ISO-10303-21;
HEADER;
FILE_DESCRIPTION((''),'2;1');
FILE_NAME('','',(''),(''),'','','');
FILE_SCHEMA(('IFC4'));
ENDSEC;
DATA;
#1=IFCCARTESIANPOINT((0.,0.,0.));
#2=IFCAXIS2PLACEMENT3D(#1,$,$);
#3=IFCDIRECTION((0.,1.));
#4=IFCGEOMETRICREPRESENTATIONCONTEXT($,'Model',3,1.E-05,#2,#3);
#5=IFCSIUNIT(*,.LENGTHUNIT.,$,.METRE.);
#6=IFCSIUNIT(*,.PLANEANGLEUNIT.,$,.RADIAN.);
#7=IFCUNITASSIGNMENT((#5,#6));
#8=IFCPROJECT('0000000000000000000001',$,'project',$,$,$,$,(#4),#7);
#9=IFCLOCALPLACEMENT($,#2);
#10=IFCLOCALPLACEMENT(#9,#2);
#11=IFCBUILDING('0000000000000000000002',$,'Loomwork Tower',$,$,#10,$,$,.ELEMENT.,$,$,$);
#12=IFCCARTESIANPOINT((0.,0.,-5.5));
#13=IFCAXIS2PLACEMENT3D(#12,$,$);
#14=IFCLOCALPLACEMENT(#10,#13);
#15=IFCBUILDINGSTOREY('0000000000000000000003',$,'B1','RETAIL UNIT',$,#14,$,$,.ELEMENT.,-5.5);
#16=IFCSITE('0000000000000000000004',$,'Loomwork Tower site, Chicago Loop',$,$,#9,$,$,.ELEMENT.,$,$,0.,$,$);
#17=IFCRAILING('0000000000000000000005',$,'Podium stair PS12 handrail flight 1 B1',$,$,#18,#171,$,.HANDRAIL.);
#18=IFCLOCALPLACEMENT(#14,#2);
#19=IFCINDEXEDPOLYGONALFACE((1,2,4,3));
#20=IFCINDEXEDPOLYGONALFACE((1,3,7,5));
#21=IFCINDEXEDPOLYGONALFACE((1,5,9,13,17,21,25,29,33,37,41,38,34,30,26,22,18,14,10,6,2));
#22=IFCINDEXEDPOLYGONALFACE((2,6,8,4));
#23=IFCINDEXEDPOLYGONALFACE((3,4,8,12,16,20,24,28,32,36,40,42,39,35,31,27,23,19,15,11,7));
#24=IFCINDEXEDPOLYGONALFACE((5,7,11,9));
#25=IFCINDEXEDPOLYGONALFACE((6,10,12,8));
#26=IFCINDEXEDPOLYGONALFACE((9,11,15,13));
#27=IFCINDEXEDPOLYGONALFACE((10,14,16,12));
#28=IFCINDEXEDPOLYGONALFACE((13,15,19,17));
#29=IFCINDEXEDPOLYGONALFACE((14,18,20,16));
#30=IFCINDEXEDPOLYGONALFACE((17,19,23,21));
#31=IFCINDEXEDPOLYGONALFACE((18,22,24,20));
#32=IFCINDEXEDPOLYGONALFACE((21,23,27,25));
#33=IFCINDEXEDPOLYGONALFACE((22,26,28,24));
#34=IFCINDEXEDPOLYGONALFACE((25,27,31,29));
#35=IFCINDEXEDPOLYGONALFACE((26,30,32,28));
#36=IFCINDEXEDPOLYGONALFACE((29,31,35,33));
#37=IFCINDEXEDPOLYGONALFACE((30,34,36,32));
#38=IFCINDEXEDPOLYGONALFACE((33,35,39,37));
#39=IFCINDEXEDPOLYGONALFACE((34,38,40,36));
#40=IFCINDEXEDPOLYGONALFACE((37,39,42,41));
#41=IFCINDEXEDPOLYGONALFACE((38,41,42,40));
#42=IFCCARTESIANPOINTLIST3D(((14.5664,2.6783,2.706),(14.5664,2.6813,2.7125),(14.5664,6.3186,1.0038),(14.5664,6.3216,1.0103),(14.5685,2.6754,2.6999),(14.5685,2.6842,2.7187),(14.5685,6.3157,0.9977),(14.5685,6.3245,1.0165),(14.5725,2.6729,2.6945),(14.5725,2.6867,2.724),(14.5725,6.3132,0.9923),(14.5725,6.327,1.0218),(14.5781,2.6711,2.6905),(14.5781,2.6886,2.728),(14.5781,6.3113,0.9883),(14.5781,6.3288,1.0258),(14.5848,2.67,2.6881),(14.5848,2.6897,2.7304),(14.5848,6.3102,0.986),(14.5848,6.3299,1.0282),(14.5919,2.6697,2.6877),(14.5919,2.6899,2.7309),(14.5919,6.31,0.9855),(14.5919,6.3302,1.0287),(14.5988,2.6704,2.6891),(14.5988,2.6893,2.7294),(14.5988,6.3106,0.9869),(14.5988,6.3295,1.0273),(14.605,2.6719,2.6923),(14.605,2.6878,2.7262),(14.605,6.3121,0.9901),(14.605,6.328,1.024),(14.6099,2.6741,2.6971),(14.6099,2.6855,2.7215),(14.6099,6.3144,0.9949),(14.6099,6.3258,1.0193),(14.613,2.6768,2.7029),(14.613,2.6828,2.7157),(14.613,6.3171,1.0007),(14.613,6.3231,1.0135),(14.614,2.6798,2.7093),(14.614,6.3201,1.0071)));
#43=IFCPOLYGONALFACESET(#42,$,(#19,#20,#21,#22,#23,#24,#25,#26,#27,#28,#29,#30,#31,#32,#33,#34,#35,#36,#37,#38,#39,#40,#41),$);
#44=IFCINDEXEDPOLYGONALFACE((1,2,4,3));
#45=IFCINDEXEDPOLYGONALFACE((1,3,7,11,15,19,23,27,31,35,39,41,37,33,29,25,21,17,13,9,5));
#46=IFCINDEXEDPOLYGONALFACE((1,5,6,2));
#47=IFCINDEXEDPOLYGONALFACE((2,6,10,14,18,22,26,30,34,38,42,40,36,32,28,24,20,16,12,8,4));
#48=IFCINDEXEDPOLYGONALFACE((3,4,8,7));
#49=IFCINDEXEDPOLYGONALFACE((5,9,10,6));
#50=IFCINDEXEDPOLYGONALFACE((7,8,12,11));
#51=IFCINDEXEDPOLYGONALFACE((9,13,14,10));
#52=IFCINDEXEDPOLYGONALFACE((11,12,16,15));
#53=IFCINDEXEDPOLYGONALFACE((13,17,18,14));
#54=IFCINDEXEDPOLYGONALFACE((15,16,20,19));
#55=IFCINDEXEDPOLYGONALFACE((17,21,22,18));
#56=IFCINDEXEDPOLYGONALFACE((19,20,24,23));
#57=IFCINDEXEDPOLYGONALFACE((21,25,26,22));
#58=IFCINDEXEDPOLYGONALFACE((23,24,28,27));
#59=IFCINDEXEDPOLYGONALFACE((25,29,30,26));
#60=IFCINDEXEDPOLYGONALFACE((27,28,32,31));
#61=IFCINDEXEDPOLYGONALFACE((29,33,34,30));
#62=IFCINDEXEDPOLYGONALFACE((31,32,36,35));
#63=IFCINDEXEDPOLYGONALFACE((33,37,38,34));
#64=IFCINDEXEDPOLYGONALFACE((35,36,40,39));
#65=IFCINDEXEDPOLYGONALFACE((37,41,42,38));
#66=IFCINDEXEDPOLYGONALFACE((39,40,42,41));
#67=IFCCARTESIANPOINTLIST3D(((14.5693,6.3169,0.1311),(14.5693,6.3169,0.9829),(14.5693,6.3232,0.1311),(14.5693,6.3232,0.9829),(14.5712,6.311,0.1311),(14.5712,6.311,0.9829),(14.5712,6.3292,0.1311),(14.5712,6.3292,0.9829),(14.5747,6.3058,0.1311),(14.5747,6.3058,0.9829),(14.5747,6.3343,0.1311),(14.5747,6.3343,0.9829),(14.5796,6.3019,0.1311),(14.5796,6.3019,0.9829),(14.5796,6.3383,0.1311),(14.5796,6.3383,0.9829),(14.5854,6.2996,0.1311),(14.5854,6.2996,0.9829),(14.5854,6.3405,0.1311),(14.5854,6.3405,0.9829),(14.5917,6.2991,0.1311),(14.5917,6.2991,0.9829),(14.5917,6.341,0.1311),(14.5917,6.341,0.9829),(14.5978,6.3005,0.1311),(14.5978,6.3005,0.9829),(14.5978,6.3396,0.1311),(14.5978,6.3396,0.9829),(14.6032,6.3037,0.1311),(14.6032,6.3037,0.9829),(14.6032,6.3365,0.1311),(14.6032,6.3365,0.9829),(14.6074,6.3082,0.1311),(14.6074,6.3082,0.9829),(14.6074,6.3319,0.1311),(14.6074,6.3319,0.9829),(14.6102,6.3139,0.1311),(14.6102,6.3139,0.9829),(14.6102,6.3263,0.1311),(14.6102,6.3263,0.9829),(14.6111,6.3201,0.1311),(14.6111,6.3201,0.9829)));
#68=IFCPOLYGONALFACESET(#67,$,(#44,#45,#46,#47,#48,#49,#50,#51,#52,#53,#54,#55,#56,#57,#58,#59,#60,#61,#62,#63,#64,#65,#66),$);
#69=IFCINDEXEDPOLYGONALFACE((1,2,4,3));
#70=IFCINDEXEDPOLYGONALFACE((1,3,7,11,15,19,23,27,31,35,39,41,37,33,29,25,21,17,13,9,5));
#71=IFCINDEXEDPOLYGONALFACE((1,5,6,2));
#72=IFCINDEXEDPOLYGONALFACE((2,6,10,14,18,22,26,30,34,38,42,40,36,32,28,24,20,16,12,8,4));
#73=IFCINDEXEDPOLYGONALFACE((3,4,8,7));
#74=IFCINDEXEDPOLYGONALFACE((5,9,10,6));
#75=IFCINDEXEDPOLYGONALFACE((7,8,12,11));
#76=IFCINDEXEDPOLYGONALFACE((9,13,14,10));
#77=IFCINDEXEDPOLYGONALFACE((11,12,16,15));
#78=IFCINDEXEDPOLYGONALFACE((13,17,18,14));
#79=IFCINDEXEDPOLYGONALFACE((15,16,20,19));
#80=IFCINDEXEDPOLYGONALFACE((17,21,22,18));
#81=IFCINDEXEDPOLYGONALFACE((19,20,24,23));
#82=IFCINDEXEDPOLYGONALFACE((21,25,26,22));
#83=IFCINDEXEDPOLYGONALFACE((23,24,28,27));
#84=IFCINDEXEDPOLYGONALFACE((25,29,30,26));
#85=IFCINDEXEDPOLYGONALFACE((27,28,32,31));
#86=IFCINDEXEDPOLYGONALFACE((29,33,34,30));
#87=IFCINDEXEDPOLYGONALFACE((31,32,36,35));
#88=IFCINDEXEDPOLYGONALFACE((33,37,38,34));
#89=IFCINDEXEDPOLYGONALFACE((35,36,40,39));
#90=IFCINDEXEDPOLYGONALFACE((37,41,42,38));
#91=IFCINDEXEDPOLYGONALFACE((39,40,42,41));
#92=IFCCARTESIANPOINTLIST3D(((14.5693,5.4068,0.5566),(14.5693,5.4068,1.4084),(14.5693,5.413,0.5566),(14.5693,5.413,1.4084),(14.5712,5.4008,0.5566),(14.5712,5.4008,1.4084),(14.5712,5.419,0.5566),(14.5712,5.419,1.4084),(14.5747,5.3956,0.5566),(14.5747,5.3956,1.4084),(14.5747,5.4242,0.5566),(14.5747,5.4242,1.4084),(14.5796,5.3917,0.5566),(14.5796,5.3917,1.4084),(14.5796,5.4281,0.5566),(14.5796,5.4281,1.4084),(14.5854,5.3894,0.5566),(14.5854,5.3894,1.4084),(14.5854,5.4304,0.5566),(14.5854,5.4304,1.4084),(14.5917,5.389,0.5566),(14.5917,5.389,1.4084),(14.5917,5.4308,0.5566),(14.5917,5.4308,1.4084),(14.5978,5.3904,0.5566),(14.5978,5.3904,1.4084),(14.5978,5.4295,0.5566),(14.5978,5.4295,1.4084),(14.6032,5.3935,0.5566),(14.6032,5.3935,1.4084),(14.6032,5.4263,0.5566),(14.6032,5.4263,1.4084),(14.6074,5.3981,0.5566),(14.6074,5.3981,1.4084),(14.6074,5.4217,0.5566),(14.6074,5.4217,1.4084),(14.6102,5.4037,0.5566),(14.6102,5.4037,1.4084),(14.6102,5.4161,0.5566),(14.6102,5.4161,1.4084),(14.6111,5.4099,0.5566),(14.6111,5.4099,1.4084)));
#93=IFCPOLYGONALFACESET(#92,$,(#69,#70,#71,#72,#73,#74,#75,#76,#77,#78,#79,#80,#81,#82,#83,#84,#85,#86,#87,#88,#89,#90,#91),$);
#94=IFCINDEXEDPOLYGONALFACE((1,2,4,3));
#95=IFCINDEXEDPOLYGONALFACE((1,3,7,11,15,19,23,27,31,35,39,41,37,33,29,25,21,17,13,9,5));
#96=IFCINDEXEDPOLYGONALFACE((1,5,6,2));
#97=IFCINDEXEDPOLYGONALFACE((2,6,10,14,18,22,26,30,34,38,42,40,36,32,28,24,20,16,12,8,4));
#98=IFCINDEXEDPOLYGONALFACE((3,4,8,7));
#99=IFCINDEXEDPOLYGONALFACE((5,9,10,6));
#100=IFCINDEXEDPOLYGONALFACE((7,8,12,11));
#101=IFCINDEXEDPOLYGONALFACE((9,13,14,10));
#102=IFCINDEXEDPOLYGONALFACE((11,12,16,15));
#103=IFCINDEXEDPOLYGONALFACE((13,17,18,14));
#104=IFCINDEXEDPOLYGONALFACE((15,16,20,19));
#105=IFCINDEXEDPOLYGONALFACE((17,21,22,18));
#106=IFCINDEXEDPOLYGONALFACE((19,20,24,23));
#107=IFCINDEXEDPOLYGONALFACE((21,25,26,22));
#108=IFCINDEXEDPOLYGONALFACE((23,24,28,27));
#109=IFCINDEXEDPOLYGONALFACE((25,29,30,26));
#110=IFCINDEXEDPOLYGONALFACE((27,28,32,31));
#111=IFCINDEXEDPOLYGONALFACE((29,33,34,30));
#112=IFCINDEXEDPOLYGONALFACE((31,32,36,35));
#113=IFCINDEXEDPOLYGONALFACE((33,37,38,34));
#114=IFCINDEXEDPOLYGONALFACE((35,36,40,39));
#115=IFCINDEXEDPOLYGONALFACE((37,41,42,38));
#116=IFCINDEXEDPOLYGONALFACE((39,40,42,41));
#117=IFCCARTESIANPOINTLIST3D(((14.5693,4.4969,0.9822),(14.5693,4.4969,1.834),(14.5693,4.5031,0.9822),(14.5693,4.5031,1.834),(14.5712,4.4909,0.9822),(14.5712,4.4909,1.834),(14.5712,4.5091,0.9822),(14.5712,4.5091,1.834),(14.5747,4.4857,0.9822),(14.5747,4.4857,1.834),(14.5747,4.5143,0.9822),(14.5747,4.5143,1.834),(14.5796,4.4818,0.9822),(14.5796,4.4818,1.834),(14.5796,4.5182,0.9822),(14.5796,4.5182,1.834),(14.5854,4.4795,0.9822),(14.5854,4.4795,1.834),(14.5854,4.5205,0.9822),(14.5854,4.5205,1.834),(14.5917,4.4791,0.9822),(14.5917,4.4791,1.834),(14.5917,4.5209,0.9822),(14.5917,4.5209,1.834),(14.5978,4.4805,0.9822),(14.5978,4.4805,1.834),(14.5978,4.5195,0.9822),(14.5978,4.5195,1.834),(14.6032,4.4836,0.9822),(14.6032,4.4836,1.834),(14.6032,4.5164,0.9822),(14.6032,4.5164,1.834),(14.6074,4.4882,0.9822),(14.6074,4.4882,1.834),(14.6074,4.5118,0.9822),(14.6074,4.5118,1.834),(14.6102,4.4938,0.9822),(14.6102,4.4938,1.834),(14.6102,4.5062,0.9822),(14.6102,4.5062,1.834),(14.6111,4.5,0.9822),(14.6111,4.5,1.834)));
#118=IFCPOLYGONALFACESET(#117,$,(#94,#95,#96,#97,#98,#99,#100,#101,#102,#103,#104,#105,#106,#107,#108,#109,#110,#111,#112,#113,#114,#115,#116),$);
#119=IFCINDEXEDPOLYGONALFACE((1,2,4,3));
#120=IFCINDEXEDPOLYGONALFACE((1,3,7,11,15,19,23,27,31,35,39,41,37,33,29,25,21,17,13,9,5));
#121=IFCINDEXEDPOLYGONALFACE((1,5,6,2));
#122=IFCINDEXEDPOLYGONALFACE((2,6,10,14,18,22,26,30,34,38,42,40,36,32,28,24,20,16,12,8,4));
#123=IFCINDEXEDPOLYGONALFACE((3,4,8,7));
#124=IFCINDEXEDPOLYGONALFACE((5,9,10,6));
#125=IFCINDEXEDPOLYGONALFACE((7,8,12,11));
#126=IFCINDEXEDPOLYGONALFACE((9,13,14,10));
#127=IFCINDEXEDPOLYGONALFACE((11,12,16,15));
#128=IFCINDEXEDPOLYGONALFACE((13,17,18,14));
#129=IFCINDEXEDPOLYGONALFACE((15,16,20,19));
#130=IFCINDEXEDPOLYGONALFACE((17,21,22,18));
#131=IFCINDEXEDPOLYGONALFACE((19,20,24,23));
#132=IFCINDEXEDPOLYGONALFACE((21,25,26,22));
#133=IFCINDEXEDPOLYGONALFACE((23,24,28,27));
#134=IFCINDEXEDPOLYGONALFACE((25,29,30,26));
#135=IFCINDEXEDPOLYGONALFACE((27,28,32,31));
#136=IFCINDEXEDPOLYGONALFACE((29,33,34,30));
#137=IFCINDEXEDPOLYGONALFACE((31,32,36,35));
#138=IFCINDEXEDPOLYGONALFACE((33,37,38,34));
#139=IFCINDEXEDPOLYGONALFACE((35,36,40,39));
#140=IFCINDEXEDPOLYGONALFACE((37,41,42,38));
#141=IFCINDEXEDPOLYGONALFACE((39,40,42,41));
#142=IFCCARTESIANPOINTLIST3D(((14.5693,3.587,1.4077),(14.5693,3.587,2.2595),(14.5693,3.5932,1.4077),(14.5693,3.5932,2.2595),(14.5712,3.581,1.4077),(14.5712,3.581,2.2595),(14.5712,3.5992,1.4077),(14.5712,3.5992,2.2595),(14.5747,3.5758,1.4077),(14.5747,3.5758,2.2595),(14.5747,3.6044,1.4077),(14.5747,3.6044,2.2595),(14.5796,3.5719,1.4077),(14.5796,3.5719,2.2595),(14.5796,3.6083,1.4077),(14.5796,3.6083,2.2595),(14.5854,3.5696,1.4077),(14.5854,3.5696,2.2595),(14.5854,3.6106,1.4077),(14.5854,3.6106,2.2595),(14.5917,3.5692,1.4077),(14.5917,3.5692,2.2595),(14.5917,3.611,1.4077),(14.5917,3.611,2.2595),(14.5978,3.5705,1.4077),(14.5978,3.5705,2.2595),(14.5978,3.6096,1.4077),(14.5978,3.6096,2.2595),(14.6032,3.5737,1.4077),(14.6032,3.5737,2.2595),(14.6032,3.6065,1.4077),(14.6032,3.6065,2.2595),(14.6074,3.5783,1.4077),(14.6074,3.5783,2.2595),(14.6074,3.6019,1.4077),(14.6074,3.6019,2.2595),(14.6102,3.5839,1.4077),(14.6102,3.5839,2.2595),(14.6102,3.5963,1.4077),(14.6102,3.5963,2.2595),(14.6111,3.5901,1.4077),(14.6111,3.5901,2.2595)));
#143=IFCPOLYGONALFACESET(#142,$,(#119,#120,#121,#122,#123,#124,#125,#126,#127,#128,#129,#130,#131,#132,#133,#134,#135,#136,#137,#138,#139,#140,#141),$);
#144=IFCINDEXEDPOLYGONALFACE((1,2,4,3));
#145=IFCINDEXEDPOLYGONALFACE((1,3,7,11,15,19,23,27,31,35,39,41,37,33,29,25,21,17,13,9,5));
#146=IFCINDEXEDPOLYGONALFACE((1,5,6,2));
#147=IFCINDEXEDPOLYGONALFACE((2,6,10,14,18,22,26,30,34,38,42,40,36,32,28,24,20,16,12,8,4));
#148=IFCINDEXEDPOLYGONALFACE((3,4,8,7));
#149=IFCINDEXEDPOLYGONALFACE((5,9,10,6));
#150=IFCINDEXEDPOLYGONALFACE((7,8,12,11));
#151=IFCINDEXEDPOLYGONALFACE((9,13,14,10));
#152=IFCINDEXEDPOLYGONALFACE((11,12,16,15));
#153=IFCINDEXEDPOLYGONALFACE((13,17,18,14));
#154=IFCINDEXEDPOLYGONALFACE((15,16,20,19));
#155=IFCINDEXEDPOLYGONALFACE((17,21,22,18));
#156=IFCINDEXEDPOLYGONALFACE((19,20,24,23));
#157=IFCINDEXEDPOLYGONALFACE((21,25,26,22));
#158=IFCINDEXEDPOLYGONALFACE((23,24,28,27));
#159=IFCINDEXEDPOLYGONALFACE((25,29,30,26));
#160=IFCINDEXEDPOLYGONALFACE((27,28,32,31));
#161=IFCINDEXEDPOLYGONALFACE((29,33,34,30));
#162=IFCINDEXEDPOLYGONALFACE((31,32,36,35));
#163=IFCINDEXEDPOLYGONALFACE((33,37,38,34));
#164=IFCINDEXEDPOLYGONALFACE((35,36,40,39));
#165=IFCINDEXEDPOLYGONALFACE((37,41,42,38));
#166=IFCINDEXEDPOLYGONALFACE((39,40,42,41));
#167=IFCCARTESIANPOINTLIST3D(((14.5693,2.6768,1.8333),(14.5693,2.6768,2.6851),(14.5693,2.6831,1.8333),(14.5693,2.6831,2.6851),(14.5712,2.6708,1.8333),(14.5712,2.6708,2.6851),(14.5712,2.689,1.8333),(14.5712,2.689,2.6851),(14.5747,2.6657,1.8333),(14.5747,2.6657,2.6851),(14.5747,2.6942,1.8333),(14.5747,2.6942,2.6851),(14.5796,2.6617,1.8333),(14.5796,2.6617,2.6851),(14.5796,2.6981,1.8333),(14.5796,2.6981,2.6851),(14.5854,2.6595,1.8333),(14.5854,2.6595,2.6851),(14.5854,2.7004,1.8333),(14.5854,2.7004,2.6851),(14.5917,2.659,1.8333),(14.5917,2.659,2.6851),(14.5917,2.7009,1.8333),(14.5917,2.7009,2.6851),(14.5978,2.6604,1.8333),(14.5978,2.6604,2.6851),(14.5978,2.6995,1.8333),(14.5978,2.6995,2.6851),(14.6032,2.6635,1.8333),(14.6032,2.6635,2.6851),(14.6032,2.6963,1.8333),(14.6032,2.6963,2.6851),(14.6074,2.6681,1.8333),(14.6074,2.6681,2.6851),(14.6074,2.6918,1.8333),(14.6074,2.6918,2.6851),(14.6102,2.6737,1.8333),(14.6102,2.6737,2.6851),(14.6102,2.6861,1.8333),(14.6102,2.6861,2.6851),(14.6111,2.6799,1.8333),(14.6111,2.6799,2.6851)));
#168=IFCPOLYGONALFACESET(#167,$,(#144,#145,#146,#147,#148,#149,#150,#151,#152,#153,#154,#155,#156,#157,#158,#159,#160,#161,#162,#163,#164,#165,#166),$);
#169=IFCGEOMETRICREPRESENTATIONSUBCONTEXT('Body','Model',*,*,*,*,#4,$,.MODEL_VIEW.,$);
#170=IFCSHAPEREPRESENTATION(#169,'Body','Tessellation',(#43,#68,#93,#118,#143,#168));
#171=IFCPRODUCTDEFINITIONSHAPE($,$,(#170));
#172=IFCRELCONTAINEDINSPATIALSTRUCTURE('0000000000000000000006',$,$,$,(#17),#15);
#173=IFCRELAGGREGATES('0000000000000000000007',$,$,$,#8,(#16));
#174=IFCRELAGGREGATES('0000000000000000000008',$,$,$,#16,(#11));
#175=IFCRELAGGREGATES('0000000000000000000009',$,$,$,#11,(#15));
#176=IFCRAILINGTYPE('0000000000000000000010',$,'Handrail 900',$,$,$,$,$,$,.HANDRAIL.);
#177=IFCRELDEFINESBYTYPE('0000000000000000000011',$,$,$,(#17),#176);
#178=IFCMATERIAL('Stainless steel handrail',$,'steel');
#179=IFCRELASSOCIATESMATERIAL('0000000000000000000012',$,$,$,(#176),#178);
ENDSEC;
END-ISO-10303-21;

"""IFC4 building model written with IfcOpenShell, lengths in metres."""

from ifc_helpers import new_model, si_unit, direction, frame, origin, origin_2d, place, context, subcontext, project, spatial, circle, extrude, material, type_object, element, save


model = new_model("IFC4")

# Units and contexts
model_context = context("Model", 3, precision=1e-05, world=origin(), true_north=direction((0.0, 1.0)))
body_context = subcontext(model_context, "Body", "Model", "MODEL_VIEW")
ifc_project = project(units=[si_unit("LENGTHUNIT", "METRE"), si_unit("PLANEANGLEUNIT", "RADIAN")], contexts=[model_context])

# Site, building, storey
site_placement = place(None, origin())
site = spatial("IfcSite", under=ifc_project, at=site_placement, Name="Loomwork Tower site, Chicago Loop", CompositionType="ELEMENT", RefElevation=0.0)
building_placement = place(site_placement, origin())
building = spatial("IfcBuilding", under=site, at=building_placement, Name="Loomwork Tower", CompositionType="ELEMENT")
storey_placement = place(building_placement, frame((0.0, 0.0, -5.5)))
storey = spatial("IfcBuildingStorey", under=building, at=storey_placement, Name="B1", Description="RETAIL UNIT", CompositionType="ELEMENT", Elevation=-5.5)

# Railing
ifc_material_1 = material(Name="Stainless steel handrail", Category="steel")
railing_type = type_object("IfcRailingType", Name="Handrail 900", PredefinedType="HANDRAIL", material=ifc_material_1)
railing_1_placement = place(storey_placement, frame((14.5901, 6.3201, 0.1311)))
element("IfcRailing", 1, at=railing_1_placement, inside=storey, type_object=railing_type, Name="Podium stair PS12 handrail flight 1 B1", PredefinedType="HANDRAIL", context=body_context, shape_type="SweptSolid", body=[
    extrude(circle(Radius=0.0239, at=origin_2d()), frame((0.0, 0.0, 0.876), z_axis=(0.0, -0.905857, 0.423584), x_axis=(1.0, 0.0, 0.0)), (0.0, 0.0, 1.0), 4.0186),
    extrude(circle(Radius=0.021, at=origin_2d()), origin(), (0.0, 0.0, 1.0), 0.8518),
    extrude(circle(Radius=0.021, at=origin_2d()), frame((0.0, -0.9102, 0.4255)), (0.0, 0.0, 1.0), 0.8518),
    extrude(circle(Radius=0.021, at=origin_2d()), frame((0.0, -1.8201, 0.8511)), (0.0, 0.0, 1.0), 0.8518),
    extrude(circle(Radius=0.021, at=origin_2d()), frame((0.0, -2.73, 1.2766)), (0.0, 0.0, 1.0), 0.8518),
    extrude(circle(Radius=0.021, at=origin_2d()), frame((0.0, -3.6401, 1.7021)), (0.0, 0.0, 1.0), 0.8518),
])

save(model, "model.ifc")
